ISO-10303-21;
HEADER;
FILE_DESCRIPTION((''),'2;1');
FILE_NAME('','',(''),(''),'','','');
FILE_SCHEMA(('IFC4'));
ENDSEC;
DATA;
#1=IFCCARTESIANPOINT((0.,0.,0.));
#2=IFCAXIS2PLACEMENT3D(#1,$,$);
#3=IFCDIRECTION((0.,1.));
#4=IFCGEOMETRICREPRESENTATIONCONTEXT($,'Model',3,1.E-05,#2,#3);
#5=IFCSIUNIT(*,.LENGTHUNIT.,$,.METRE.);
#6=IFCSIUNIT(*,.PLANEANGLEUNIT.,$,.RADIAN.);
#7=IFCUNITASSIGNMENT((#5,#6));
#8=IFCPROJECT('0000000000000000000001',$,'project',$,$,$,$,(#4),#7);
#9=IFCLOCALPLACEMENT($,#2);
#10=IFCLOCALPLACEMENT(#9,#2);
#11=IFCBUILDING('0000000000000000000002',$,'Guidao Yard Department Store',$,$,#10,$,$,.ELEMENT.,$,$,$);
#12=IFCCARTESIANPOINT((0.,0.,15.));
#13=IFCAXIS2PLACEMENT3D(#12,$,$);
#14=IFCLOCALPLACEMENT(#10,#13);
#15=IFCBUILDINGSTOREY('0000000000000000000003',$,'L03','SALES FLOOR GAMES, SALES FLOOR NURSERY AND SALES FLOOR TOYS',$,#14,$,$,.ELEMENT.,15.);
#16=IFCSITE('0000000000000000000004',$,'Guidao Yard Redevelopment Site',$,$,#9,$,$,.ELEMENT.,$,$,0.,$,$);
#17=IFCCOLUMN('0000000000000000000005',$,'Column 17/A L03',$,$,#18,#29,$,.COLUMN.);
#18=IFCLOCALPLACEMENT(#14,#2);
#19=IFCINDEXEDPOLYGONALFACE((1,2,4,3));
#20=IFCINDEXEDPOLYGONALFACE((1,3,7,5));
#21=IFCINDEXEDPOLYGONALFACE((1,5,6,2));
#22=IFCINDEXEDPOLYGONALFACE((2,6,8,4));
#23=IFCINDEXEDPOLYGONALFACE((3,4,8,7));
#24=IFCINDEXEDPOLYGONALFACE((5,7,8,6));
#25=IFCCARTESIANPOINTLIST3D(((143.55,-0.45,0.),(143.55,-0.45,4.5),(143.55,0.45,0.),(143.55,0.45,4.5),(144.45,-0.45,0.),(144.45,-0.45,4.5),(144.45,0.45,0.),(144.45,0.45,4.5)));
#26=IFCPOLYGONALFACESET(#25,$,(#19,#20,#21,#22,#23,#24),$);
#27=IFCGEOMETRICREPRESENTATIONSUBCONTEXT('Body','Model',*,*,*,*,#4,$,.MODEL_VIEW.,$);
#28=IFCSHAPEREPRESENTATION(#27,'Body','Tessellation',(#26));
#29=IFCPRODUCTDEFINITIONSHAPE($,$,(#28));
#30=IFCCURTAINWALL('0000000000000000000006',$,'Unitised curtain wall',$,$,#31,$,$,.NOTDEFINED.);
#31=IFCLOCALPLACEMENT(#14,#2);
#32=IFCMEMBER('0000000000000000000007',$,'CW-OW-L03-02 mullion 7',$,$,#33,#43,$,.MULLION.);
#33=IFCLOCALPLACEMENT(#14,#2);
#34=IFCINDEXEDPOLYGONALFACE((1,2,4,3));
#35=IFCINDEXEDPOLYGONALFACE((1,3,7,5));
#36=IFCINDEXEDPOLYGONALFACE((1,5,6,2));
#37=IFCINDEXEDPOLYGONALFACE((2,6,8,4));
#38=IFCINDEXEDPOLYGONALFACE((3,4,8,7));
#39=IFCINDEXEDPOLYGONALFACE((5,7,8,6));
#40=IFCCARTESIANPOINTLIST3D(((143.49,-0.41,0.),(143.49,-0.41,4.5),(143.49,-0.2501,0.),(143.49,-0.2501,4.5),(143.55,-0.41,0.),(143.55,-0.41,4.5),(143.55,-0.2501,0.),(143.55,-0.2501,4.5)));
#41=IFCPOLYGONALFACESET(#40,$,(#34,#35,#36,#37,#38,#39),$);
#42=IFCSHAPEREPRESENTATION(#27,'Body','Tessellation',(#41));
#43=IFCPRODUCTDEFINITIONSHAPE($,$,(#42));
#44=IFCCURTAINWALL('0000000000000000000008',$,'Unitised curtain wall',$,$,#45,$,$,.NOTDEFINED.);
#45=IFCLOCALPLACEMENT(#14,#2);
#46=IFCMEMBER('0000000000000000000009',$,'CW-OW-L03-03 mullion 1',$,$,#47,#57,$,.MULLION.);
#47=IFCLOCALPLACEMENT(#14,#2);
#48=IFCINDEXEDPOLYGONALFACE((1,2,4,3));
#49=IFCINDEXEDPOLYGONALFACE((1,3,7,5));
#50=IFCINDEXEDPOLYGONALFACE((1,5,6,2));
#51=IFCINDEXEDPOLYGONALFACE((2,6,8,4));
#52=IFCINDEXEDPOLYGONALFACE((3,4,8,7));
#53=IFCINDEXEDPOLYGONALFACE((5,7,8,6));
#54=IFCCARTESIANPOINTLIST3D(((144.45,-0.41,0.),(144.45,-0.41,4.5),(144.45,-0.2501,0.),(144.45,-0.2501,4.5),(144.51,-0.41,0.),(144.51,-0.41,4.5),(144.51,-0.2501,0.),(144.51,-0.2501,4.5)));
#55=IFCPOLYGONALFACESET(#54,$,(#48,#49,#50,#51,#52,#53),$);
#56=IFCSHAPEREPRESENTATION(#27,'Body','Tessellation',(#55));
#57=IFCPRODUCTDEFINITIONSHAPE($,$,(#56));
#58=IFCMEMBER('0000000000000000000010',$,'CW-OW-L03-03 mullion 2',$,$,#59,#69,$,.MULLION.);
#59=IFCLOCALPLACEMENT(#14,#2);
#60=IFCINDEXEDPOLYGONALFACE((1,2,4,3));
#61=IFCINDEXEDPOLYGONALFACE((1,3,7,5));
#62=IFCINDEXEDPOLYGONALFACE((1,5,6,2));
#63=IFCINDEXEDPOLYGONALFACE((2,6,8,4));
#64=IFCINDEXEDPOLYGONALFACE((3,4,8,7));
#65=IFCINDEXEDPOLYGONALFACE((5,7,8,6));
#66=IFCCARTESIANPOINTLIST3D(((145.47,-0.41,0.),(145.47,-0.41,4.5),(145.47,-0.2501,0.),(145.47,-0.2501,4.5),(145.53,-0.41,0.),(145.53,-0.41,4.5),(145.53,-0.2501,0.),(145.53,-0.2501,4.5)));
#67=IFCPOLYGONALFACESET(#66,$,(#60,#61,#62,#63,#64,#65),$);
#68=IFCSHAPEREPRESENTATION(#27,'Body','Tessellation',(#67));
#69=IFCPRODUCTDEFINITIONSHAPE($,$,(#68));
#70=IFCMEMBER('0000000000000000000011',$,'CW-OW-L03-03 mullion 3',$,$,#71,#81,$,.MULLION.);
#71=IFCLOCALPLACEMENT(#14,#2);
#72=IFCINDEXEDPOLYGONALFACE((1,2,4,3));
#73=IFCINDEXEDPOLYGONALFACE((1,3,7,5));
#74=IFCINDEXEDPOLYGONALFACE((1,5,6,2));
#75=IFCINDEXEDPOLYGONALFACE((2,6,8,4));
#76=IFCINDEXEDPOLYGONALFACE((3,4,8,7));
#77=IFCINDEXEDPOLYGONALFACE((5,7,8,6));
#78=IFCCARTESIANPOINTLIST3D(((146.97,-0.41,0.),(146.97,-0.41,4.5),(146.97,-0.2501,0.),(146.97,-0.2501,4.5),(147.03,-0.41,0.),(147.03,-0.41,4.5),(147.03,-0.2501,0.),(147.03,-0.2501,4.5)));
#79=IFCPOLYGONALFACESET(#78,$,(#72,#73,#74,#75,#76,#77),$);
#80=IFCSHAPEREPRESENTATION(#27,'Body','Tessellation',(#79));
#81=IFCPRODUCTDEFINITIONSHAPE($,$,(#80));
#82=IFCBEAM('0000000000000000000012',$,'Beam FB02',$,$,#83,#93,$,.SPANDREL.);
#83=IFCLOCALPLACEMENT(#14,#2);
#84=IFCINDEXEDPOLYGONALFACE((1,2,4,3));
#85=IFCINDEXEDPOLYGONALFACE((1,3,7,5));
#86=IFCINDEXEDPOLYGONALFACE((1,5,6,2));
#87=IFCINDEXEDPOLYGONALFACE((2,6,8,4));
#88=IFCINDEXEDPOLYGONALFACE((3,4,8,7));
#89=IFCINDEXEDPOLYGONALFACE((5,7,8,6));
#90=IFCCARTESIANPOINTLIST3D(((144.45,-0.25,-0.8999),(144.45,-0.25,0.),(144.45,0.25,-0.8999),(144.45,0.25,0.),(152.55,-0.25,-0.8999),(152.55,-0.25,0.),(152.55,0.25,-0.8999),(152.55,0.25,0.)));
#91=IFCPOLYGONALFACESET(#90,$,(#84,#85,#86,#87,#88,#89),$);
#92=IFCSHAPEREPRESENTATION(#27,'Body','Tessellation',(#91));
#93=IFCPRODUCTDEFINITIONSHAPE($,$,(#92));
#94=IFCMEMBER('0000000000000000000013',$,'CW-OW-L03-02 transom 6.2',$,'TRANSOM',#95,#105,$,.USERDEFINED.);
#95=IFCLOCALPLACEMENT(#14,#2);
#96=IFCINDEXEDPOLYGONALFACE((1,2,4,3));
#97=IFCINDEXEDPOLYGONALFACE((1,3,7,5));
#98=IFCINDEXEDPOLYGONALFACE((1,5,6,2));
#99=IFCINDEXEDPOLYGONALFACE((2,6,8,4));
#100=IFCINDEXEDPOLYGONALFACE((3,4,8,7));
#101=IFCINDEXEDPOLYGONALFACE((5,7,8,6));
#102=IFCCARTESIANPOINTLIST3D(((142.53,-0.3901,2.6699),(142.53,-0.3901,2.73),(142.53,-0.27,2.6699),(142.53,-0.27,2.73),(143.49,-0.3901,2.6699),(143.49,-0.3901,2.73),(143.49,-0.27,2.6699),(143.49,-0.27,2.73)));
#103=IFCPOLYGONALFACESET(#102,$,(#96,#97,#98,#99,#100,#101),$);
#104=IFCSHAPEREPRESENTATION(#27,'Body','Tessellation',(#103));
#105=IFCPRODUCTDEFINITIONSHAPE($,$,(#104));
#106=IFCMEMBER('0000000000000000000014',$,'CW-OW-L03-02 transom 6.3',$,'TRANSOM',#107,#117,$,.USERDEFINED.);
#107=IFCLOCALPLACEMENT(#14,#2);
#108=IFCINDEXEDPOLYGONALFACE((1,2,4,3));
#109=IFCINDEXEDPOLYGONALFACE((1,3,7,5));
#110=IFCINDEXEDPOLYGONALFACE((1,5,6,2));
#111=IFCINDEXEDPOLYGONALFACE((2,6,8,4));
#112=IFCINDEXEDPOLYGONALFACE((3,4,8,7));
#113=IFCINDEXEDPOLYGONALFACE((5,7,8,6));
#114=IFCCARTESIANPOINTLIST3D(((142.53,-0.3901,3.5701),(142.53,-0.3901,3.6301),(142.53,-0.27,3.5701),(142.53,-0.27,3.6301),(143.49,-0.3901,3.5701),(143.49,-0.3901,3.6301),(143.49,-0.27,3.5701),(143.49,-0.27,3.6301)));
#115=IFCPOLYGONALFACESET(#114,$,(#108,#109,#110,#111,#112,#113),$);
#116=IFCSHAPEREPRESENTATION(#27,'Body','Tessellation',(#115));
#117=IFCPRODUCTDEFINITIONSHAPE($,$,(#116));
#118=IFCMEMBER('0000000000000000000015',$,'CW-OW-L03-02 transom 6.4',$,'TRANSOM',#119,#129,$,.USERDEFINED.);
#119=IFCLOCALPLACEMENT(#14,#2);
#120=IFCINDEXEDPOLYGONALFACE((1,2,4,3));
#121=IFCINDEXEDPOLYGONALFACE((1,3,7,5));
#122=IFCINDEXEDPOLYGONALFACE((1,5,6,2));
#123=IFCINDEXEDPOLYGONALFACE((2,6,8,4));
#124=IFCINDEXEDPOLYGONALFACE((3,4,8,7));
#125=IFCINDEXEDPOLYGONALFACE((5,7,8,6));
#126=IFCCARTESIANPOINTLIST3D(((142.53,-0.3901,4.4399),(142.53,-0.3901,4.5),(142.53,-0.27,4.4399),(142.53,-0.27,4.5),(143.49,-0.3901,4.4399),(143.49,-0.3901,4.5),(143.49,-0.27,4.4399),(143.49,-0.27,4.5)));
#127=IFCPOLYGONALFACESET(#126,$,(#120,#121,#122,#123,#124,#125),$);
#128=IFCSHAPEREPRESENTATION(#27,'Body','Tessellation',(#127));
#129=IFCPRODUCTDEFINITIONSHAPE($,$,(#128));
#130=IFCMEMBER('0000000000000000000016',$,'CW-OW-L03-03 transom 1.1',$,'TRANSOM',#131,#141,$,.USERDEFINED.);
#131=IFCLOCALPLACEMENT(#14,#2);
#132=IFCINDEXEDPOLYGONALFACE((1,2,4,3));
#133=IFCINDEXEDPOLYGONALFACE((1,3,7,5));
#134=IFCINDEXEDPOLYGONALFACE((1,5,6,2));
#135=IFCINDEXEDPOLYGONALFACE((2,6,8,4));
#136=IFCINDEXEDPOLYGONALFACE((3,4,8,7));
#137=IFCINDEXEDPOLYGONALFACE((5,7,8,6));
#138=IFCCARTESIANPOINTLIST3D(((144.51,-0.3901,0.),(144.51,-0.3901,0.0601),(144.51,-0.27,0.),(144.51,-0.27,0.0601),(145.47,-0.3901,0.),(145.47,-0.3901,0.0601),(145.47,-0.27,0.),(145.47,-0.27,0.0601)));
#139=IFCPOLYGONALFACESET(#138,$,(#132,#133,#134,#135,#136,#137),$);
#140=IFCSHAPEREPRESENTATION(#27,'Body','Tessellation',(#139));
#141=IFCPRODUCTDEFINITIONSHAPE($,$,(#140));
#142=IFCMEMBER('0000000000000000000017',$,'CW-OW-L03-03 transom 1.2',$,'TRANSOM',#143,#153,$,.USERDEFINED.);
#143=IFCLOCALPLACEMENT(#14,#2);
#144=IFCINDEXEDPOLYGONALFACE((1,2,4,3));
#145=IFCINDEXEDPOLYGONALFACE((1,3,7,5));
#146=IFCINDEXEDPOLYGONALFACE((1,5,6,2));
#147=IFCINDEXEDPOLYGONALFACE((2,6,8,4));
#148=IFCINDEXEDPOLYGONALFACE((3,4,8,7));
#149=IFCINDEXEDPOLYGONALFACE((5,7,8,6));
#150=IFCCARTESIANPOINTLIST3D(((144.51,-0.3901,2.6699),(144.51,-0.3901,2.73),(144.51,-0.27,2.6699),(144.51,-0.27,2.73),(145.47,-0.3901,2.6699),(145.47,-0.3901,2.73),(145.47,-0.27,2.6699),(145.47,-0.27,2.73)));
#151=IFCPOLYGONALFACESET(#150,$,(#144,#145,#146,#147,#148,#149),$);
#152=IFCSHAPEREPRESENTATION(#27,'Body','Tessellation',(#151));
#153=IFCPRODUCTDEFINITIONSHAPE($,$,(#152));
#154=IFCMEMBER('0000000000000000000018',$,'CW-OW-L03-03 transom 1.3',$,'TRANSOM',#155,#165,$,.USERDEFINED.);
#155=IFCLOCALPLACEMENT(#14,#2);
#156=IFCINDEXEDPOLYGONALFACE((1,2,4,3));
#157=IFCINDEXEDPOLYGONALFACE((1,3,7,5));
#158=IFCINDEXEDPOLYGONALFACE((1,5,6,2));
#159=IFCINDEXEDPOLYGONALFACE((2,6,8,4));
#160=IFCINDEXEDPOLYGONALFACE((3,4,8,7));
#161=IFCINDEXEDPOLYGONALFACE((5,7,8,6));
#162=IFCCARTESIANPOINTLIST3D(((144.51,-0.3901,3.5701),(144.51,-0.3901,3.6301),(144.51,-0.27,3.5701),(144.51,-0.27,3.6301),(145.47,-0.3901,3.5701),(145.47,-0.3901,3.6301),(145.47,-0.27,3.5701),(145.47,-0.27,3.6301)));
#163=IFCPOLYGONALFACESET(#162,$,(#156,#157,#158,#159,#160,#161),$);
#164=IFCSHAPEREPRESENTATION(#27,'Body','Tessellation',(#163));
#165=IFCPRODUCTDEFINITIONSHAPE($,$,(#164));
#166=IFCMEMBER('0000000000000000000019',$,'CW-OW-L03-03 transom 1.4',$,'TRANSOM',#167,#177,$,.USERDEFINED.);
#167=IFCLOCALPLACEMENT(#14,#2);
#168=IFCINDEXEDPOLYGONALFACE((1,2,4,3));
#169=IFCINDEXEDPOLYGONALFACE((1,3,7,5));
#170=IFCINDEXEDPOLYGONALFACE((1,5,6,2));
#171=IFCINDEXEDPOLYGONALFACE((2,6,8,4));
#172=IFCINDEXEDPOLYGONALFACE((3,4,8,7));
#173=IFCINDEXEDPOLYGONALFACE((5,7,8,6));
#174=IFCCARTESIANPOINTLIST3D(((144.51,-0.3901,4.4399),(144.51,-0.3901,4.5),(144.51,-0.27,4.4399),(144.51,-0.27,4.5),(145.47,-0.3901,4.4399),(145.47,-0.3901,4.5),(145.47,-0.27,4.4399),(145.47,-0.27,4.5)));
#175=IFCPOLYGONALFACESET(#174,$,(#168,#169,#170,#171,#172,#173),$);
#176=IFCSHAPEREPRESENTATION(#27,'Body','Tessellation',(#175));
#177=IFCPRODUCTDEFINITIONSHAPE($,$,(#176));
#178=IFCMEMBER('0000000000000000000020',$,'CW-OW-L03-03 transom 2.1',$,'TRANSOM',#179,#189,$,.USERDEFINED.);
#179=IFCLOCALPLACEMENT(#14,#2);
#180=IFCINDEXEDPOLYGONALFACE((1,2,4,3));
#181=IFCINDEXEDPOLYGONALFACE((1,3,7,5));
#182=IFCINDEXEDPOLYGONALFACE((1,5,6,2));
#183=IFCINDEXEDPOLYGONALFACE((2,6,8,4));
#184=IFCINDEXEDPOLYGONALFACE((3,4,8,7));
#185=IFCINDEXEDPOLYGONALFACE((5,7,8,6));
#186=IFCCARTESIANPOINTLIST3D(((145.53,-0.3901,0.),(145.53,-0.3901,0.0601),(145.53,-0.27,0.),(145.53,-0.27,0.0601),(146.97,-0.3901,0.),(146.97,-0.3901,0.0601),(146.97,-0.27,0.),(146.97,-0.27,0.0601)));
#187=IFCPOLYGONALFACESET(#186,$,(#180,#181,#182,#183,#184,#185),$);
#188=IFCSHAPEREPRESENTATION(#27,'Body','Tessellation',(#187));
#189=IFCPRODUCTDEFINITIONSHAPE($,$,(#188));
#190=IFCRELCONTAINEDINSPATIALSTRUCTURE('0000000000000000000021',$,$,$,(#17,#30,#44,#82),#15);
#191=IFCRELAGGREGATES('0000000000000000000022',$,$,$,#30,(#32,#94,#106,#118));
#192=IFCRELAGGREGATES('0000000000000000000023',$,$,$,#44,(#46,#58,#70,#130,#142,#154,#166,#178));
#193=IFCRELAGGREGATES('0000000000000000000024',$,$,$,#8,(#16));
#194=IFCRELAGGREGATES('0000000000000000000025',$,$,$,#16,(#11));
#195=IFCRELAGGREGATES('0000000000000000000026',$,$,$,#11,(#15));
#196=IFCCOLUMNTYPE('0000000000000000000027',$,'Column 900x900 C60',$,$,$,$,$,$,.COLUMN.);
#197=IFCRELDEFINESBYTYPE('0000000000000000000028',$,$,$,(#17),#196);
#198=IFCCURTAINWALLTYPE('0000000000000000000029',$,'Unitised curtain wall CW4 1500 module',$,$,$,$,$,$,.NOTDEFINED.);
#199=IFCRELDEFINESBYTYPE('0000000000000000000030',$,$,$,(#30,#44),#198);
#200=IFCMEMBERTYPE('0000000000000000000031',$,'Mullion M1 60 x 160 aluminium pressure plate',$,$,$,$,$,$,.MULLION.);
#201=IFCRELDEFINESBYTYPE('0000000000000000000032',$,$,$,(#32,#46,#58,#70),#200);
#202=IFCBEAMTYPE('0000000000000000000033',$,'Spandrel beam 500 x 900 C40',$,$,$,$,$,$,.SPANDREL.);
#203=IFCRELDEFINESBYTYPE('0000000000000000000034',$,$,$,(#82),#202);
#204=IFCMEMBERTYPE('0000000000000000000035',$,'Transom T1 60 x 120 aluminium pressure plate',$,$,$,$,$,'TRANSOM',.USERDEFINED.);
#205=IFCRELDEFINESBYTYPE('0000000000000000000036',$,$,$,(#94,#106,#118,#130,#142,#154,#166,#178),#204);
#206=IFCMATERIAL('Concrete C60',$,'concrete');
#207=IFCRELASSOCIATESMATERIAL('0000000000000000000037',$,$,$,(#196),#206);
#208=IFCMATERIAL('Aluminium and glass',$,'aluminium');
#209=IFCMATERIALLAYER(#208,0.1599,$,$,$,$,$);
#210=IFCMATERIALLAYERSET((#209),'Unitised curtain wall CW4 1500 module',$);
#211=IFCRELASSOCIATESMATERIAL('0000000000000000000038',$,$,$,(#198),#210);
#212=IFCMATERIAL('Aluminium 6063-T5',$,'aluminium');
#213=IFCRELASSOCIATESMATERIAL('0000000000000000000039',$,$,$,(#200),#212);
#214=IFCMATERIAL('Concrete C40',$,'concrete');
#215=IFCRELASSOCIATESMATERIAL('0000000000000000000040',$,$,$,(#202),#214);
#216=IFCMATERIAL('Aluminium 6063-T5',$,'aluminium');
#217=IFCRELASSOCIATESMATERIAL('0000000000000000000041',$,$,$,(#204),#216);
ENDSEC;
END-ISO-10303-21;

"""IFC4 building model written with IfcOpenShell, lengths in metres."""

from ifc_helpers import new_model, si_unit, direction, frame, origin, origin_2d, place, context, subcontext, project, spatial, rectangle, extrude, material, layer, layer_set, material_profile, profile_set, type_object, element, aggregate, save


model = new_model("IFC4")

# Units and contexts
model_context = context("Model", 3, precision=1e-05, world=origin(), true_north=direction((0.0, 1.0)))
body_context = subcontext(model_context, "Body", "Model", "MODEL_VIEW")
ifc_project = project(units=[si_unit("LENGTHUNIT", "METRE"), si_unit("PLANEANGLEUNIT", "RADIAN")], contexts=[model_context])

# Site, building, storey
site_placement = place(None, origin())
site = spatial("IfcSite", under=ifc_project, at=site_placement, Name="Guidao Yard Redevelopment Site", CompositionType="ELEMENT", RefElevation=0.0)
building_placement = place(site_placement, origin())
building = spatial("IfcBuilding", under=site, at=building_placement, Name="Guidao Yard Department Store", CompositionType="ELEMENT")
storey_placement = place(building_placement, frame((0.0, 0.0, 15.0)))
storey = spatial("IfcBuildingStorey", under=building, at=storey_placement, Name="L03", Description="SALES FLOOR GAMES, SALES FLOOR NURSERY AND SALES FLOOR TOYS", CompositionType="ELEMENT", Elevation=15.0)

# Column
ifc_material_1 = material(Name="Concrete C60", Category="concrete")
ifc_material_profile_1 = material_profile(ifc_material_1, rectangle(XDim=0.8999, YDim=0.8999, at=origin_2d()), Name="COL 900x900")
ifc_profile_set_1 = profile_set([ifc_material_profile_1], Name="Concrete C60")
column_type = type_object("IfcColumnType", Name="Column 900x900 C60", PredefinedType="COLUMN", material=ifc_profile_set_1)
column_placement = place(storey_placement, frame((144.0, 0.0, 0.0), z_axis=(0.0, 0.0, 1.0), x_axis=(1.0, 0.0, 0.0)))
element("IfcColumn", 1, at=column_placement, inside=storey, type_object=column_type, Name="Column 17/A L03", PredefinedType="COLUMN", context=body_context, shape_type="SweptSolid", body=[
    extrude(rectangle(XDim=0.8999, YDim=0.8999, at=origin_2d()), origin(), (0.0, 0.0, 1.0), 4.5),
])

# Curtain wall, member
ifc_material_2 = material(Name="Aluminium and glass", Category="aluminium")
ifc_layer_1 = layer(ifc_material_2, 0.1599)
ifc_layer_set_1 = layer_set([ifc_layer_1], Name="Unitised curtain wall CW4 1500 module")
curtain_wall_type = type_object("IfcCurtainWallType", Name="Unitised curtain wall CW4 1500 module", PredefinedType="NOTDEFINED", material=ifc_layer_set_1)
curtain_wall_1_placement = place(storey_placement, origin())
curtain_wall_1 = element("IfcCurtainWall", 2, at=curtain_wall_1_placement, inside=storey, type_object=curtain_wall_type, Name="Unitised curtain wall", PredefinedType="NOTDEFINED")
ifc_material_3 = material(Name="Aluminium 6063-T5", Category="aluminium")
ifc_material_profile_2 = material_profile(ifc_material_3, rectangle(XDim=0.0601, YDim=0.1599, at=origin_2d()), Name="Mullion M1 60 x 160 aluminium pressure plate")
ifc_profile_set_2 = profile_set([ifc_material_profile_2], Name="Aluminium 6063-T5")
member_type_1 = type_object("IfcMemberType", Name="Mullion M1 60 x 160 aluminium pressure plate", PredefinedType="MULLION", material=ifc_profile_set_2)
member_1_placement = place(storey_placement, frame((143.52, -0.3301, 0.0), z_axis=(0.0, 0.0, 1.0), x_axis=(-1.0, 0.0, 0.0)))
member_1 = element("IfcMember", 3, at=member_1_placement, type_object=member_type_1, Name="CW-OW-L03-02 mullion 7", PredefinedType="MULLION", context=body_context, shape_type="SweptSolid", body=[
    extrude(rectangle(XDim=0.0601, YDim=0.1599, at=origin_2d()), origin(), (0.0, 0.0, 1.0), 4.5),
])

# Curtain wall, members
curtain_wall_2_placement = place(storey_placement, origin())
curtain_wall_2 = element("IfcCurtainWall", 4, at=curtain_wall_2_placement, inside=storey, type_object=curtain_wall_type, Name="Unitised curtain wall", PredefinedType="NOTDEFINED")
member_2_placement = place(storey_placement, frame((144.48, -0.3301, 0.0), z_axis=(0.0, 0.0, 1.0), x_axis=(-1.0, 0.0, 0.0)))
member_2 = element("IfcMember", 5, at=member_2_placement, type_object=member_type_1, Name="CW-OW-L03-03 mullion 1", PredefinedType="MULLION", context=body_context, shape_type="SweptSolid", body=[
    extrude(rectangle(XDim=0.0601, YDim=0.1599, at=origin_2d()), origin(), (0.0, 0.0, 1.0), 4.5),
])
member_3_placement = place(storey_placement, frame((145.5, -0.3301, 0.0), z_axis=(0.0, 0.0, 1.0), x_axis=(-1.0, 0.0, 0.0)))
member_3 = element("IfcMember", 6, at=member_3_placement, type_object=member_type_1, Name="CW-OW-L03-03 mullion 2", PredefinedType="MULLION", context=body_context, shape_type="SweptSolid", body=[
    extrude(rectangle(XDim=0.0601, YDim=0.1599, at=origin_2d()), origin(), (0.0, 0.0, 1.0), 4.5),
])
member_4_placement = place(storey_placement, frame((147.0, -0.3301, 0.0), z_axis=(0.0, 0.0, 1.0), x_axis=(-1.0, 0.0, 0.0)))
member_4 = element("IfcMember", 7, at=member_4_placement, type_object=member_type_1, Name="CW-OW-L03-03 mullion 3", PredefinedType="MULLION", context=body_context, shape_type="SweptSolid", body=[
    extrude(rectangle(XDim=0.0601, YDim=0.1599, at=origin_2d()), origin(), (0.0, 0.0, 1.0), 4.5),
])

# Beam
ifc_material_4 = material(Name="Concrete C40", Category="concrete")
ifc_material_profile_3 = material_profile(ifc_material_4, rectangle(XDim=0.5, YDim=0.8999, at=origin_2d()), Name="Spandrel beam 500 x 900 C40")
ifc_profile_set_3 = profile_set([ifc_material_profile_3], Name="Concrete C40")
beam_type = type_object("IfcBeamType", Name="Spandrel beam 500 x 900 C40", PredefinedType="SPANDREL", material=ifc_profile_set_3)
beam_placement = place(storey_placement, frame((144.45, 0.0, -0.45), z_axis=(1.0, 0.0, 0.0), x_axis=(0.0, 1.0, 0.0)))
element("IfcBeam", 8, at=beam_placement, inside=storey, type_object=beam_type, Name="Beam FB02", PredefinedType="SPANDREL", context=body_context, shape_type="SweptSolid", body=[
    extrude(rectangle(XDim=0.5, YDim=0.8999, at=origin_2d()), origin(), (0.0, 0.0, 1.0), 8.1001),
])

# Members
ifc_material_5 = material(Name="Aluminium 6063-T5", Category="aluminium")
ifc_material_profile_4 = material_profile(ifc_material_5, rectangle(XDim=0.1201, YDim=0.0601, at=origin_2d()), Name="Transom T1 60 x 120 aluminium pressure plate")
ifc_profile_set_4 = profile_set([ifc_material_profile_4], Name="Aluminium 6063-T5")
member_type_2 = type_object("IfcMemberType", Name="Transom T1 60 x 120 aluminium pressure plate", ElementType="TRANSOM", PredefinedType="USERDEFINED", material=ifc_profile_set_4)
member_5_placement = place(storey_placement, frame((143.49, -0.3301, 2.7), z_axis=(-1.0, 0.0, 0.0), x_axis=(0.0, -1.0, 0.0)))
member_5 = element("IfcMember", 9, at=member_5_placement, type_object=member_type_2, Name="CW-OW-L03-02 transom 6.2", ObjectType="TRANSOM", PredefinedType="USERDEFINED", context=body_context, shape_type="SweptSolid", body=[
    extrude(rectangle(XDim=0.1201, YDim=0.0601, at=origin_2d()), origin(), (0.0, 0.0, 1.0), 0.96),
])
member_6_placement = place(storey_placement, frame((143.49, -0.3301, 3.6001), z_axis=(-1.0, 0.0, 0.0), x_axis=(0.0, -1.0, 0.0)))
member_6 = element("IfcMember", 10, at=member_6_placement, type_object=member_type_2, Name="CW-OW-L03-02 transom 6.3", ObjectType="TRANSOM", PredefinedType="USERDEFINED", context=body_context, shape_type="SweptSolid", body=[
    extrude(rectangle(XDim=0.1201, YDim=0.0601, at=origin_2d()), origin(), (0.0, 0.0, 1.0), 0.96),
])
member_7_placement = place(storey_placement, frame((143.49, -0.3301, 4.47), z_axis=(-1.0, 0.0, 0.0), x_axis=(0.0, -1.0, 0.0)))
member_7 = element("IfcMember", 11, at=member_7_placement, type_object=member_type_2, Name="CW-OW-L03-02 transom 6.4", ObjectType="TRANSOM", PredefinedType="USERDEFINED", context=body_context, shape_type="SweptSolid", body=[
    extrude(rectangle(XDim=0.1201, YDim=0.0601, at=origin_2d()), origin(), (0.0, 0.0, 1.0), 0.96),
])
aggregate(curtain_wall_1, [member_1, member_5, member_6, member_7])
member_8_placement = place(storey_placement, frame((145.47, -0.3301, 0.03), z_axis=(-1.0, 0.0, 0.0), x_axis=(0.0, -1.0, 0.0)))
member_8 = element("IfcMember", 12, at=member_8_placement, type_object=member_type_2, Name="CW-OW-L03-03 transom 1.1", ObjectType="TRANSOM", PredefinedType="USERDEFINED", context=body_context, shape_type="SweptSolid", body=[
    extrude(rectangle(XDim=0.1201, YDim=0.0601, at=origin_2d()), origin(), (0.0, 0.0, 1.0), 0.96),
])
member_9_placement = place(storey_placement, frame((145.47, -0.3301, 2.7), z_axis=(-1.0, 0.0, 0.0), x_axis=(0.0, -1.0, 0.0)))
member_9 = element("IfcMember", 13, at=member_9_placement, type_object=member_type_2, Name="CW-OW-L03-03 transom 1.2", ObjectType="TRANSOM", PredefinedType="USERDEFINED", context=body_context, shape_type="SweptSolid", body=[
    extrude(rectangle(XDim=0.1201, YDim=0.0601, at=origin_2d()), origin(), (0.0, 0.0, 1.0), 0.96),
])
member_10_placement = place(storey_placement, frame((145.47, -0.3301, 3.6001), z_axis=(-1.0, 0.0, 0.0), x_axis=(0.0, -1.0, 0.0)))
member_10 = element("IfcMember", 14, at=member_10_placement, type_object=member_type_2, Name="CW-OW-L03-03 transom 1.3", ObjectType="TRANSOM", PredefinedType="USERDEFINED", context=body_context, shape_type="SweptSolid", body=[
    extrude(rectangle(XDim=0.1201, YDim=0.0601, at=origin_2d()), origin(), (0.0, 0.0, 1.0), 0.96),
])
member_11_placement = place(storey_placement, frame((145.47, -0.3301, 4.47), z_axis=(-1.0, 0.0, 0.0), x_axis=(0.0, -1.0, 0.0)))
member_11 = element("IfcMember", 15, at=member_11_placement, type_object=member_type_2, Name="CW-OW-L03-03 transom 1.4", ObjectType="TRANSOM", PredefinedType="USERDEFINED", context=body_context, shape_type="SweptSolid", body=[
    extrude(rectangle(XDim=0.1201, YDim=0.0601, at=origin_2d()), origin(), (0.0, 0.0, 1.0), 0.96),
])
member_12_placement = place(storey_placement, frame((146.97, -0.3301, 0.03), z_axis=(-1.0, 0.0, 0.0), x_axis=(0.0, -1.0, 0.0)))
member_12 = element("IfcMember", 16, at=member_12_placement, type_object=member_type_2, Name="CW-OW-L03-03 transom 2.1", ObjectType="TRANSOM", PredefinedType="USERDEFINED", context=body_context, shape_type="SweptSolid", body=[
    extrude(rectangle(XDim=0.1201, YDim=0.0601, at=origin_2d()), origin(), (0.0, 0.0, 1.0), 1.4399),
])

aggregate(curtain_wall_2, [member_2, member_3, member_4, member_8, member_9, member_10, member_11, member_12])

save(model, "model.ifc")
